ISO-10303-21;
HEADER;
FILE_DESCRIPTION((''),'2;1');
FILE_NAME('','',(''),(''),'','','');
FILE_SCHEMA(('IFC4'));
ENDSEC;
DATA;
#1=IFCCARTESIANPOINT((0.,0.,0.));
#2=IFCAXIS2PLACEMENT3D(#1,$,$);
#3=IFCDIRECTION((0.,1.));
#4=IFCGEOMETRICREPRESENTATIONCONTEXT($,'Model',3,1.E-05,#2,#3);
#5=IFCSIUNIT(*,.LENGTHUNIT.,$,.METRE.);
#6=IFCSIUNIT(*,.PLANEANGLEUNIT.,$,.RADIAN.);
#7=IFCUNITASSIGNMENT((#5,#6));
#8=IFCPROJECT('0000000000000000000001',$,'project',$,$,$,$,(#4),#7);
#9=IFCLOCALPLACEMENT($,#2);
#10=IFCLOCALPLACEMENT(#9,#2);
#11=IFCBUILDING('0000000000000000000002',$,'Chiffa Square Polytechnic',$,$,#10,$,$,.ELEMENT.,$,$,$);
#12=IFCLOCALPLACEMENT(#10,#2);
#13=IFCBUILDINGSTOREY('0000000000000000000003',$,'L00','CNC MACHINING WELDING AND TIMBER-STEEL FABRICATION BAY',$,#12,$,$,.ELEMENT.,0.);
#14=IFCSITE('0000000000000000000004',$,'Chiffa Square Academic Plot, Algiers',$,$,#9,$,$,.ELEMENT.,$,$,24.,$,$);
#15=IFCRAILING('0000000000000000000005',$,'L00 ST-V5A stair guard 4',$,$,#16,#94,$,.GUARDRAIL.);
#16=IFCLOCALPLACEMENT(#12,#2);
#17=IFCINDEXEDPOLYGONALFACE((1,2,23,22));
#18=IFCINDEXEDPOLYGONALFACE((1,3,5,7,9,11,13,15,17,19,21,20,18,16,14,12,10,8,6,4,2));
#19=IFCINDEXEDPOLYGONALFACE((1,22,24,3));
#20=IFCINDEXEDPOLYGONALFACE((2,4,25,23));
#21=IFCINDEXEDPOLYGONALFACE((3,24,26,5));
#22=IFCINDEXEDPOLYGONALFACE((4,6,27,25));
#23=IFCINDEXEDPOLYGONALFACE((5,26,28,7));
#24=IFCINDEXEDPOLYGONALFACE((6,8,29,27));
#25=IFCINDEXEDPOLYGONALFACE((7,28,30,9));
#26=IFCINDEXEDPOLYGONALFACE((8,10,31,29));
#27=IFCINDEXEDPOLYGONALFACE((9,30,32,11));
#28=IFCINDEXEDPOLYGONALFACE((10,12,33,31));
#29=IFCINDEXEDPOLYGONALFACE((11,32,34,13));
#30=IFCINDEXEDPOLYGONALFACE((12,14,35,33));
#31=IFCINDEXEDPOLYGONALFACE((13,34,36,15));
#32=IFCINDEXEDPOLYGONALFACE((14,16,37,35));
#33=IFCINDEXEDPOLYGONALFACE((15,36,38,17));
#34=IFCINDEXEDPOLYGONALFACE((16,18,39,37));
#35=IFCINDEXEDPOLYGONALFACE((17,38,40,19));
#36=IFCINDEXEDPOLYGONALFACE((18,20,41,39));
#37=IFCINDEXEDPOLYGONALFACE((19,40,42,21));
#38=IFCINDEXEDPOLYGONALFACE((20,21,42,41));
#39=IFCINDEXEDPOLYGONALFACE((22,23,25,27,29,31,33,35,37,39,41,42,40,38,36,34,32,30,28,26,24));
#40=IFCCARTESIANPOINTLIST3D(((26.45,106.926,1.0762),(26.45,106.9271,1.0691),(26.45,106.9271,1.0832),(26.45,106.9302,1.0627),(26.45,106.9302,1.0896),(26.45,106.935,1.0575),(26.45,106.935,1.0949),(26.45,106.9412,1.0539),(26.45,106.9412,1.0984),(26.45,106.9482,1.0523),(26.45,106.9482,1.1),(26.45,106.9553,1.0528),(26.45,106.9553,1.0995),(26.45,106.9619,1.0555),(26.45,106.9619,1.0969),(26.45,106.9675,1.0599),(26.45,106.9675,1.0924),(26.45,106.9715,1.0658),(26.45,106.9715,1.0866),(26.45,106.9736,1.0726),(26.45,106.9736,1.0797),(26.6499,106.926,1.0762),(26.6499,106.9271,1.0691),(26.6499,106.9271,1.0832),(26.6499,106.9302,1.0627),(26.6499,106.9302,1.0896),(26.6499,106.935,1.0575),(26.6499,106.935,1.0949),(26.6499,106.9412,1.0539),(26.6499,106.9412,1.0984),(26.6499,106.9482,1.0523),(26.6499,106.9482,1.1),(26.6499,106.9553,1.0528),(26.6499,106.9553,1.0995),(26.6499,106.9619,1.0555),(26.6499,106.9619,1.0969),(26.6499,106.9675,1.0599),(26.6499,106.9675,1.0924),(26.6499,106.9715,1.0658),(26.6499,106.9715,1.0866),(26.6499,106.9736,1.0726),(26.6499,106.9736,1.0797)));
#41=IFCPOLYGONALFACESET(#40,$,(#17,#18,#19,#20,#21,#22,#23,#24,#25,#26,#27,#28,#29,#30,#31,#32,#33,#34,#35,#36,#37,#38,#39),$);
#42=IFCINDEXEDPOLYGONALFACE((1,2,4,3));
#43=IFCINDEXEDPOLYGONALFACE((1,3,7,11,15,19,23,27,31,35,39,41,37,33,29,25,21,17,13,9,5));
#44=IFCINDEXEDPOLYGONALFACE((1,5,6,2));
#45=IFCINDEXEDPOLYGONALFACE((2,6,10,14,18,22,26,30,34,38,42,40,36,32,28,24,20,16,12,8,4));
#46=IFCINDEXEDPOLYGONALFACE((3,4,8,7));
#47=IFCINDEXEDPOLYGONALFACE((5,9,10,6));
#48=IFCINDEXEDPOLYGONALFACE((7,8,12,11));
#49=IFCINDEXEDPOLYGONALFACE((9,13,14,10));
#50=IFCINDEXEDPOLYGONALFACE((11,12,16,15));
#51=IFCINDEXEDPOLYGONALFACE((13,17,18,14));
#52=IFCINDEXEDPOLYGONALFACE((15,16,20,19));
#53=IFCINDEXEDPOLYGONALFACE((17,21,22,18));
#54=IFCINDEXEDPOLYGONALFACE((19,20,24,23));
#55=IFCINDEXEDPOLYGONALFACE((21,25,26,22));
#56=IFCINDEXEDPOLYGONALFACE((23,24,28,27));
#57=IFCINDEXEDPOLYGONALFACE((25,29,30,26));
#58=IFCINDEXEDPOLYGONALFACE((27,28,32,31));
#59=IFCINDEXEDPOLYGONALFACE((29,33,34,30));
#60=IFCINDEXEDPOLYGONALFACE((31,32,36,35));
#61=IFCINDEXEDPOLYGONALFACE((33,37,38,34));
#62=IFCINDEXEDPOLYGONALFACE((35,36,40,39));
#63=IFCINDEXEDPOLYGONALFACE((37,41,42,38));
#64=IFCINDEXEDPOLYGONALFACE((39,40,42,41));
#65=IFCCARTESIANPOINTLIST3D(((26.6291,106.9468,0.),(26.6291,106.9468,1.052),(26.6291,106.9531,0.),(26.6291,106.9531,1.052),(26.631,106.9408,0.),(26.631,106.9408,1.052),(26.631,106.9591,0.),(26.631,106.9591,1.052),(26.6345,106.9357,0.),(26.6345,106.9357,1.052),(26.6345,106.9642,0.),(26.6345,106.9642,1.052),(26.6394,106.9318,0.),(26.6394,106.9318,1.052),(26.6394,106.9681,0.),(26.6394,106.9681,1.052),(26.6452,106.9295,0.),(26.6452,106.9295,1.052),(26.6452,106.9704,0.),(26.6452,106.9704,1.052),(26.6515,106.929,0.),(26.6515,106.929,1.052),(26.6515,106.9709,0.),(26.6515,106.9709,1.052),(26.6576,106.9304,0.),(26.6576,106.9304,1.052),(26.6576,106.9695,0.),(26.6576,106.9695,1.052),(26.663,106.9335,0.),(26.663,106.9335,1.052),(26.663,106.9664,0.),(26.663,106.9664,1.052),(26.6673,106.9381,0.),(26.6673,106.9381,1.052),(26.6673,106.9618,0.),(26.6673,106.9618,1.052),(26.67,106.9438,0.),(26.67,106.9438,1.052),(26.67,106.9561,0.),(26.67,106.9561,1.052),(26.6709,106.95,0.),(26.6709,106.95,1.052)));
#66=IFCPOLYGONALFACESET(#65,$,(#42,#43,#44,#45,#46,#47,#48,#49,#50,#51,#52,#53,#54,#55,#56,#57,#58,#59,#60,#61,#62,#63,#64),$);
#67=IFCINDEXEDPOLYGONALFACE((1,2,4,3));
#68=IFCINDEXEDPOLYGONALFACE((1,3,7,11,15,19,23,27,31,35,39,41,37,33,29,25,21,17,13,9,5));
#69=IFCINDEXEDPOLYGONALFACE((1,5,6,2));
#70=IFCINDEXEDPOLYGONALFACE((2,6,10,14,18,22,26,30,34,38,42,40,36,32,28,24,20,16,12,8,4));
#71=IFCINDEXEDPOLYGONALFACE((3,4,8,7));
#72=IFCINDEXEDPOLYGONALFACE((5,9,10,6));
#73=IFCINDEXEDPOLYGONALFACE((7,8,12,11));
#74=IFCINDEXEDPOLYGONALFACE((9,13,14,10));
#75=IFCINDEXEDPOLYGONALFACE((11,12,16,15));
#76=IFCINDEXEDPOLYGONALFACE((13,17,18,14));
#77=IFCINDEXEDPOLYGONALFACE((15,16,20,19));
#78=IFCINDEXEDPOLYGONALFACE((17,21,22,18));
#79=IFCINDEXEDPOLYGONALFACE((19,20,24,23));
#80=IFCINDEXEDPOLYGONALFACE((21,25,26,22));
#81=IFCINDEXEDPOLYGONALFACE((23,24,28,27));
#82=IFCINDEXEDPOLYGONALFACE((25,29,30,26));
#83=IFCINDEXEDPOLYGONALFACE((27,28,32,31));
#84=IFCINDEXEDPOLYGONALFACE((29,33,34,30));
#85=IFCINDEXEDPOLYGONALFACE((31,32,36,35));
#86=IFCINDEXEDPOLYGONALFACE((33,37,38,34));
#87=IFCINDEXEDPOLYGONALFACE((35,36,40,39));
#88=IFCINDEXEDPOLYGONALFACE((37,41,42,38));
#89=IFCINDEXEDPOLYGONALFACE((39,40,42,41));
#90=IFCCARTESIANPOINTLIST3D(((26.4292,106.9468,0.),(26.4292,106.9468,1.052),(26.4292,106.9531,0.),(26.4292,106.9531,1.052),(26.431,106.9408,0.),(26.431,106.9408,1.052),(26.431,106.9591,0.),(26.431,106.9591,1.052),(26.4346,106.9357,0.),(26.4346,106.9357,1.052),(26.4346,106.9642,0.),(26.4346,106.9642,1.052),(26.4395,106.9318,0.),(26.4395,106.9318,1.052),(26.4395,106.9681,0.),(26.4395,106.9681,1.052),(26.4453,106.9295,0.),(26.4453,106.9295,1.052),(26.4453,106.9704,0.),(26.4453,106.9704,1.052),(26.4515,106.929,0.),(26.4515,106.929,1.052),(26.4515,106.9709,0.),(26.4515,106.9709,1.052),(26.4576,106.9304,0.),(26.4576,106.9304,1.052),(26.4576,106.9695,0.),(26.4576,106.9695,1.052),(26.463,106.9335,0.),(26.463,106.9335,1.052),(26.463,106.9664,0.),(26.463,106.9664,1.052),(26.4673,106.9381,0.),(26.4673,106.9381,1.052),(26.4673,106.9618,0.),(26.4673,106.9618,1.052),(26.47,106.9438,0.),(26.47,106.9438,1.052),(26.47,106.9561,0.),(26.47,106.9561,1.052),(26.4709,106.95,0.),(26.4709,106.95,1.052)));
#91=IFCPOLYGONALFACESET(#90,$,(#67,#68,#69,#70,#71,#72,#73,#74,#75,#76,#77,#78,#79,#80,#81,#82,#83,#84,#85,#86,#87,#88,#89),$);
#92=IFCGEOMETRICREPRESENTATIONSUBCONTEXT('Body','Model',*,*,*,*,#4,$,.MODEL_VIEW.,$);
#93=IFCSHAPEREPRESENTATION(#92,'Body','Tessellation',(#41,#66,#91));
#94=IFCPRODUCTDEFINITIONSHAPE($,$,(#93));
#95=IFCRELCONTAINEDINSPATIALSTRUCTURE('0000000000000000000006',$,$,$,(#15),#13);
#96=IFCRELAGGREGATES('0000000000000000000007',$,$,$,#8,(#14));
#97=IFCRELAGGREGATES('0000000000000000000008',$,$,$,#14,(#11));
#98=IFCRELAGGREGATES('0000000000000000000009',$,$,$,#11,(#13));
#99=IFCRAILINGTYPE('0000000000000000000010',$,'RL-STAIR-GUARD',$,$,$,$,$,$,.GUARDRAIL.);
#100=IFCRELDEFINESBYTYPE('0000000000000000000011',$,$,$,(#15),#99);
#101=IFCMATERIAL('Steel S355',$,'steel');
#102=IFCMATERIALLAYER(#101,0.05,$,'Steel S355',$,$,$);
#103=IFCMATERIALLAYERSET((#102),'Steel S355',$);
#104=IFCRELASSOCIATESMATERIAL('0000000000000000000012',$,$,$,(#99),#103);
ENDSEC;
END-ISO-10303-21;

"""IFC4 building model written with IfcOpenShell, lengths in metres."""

from ifc_helpers import new_model, si_unit, direction, frame, origin, origin_2d, place, context, subcontext, project, spatial, circle, extrude, material, layer, layer_set, type_object, element, save


model = new_model("IFC4")

# Units and contexts
model_context = context("Model", 3, precision=1e-05, world=origin(), true_north=direction((0.0, 1.0)))
body_context = subcontext(model_context, "Body", "Model", "MODEL_VIEW")
ifc_project = project(units=[si_unit("LENGTHUNIT", "METRE"), si_unit("PLANEANGLEUNIT", "RADIAN")], contexts=[model_context])

# Site, building, storey
site_placement = place(None, origin())
site = spatial("IfcSite", under=ifc_project, at=site_placement, Name="Chiffa Square Academic Plot, Algiers", CompositionType="ELEMENT", RefElevation=24.0)
building_placement = place(site_placement, origin())
building = spatial("IfcBuilding", under=site, at=building_placement, Name="Chiffa Square Polytechnic", CompositionType="ELEMENT")
storey_placement = place(building_placement, origin())
storey = spatial("IfcBuildingStorey", under=building, at=storey_placement, Name="L00", Description="CNC MACHINING WELDING AND TIMBER-STEEL FABRICATION BAY", CompositionType="ELEMENT", Elevation=0.0)

# Railing
ifc_material_1 = material(Name="Steel S355", Category="steel")
ifc_layer_1 = layer(ifc_material_1, 0.05, Name="Steel S355")
ifc_layer_set_1 = layer_set([ifc_layer_1], Name="Steel S355")
railing_type_1 = type_object("IfcRailingType", Name="RL-STAIR-GUARD", PredefinedType="GUARDRAIL", material=ifc_layer_set_1)
railing_1_placement = place(storey_placement, frame((26.6499, 106.95, 0.0)))
element("IfcRailing", 1, at=railing_1_placement, inside=storey, type_object=railing_type_1, Name="L00 ST-V5A stair guard 4", PredefinedType="GUARDRAIL", context=body_context, shape_type="SweptSolid", body=[
    extrude(circle(Radius=0.0239, at=origin_2d()), frame((0.0, 0.0, 1.0762), z_axis=(-1.0, 0.0, 0.0), x_axis=(0.0, -1.0, 0.0)), (0.0, 0.0, 1.0), 0.2),
    extrude(circle(Radius=0.021, at=origin_2d()), origin(), (0.0, 0.0, 1.0), 1.052),
    extrude(circle(Radius=0.021, at=origin_2d()), frame((-0.2, 0.0, 0.0)), (0.0, 0.0, 1.0), 1.052),
])

save(model, "model.ifc")
